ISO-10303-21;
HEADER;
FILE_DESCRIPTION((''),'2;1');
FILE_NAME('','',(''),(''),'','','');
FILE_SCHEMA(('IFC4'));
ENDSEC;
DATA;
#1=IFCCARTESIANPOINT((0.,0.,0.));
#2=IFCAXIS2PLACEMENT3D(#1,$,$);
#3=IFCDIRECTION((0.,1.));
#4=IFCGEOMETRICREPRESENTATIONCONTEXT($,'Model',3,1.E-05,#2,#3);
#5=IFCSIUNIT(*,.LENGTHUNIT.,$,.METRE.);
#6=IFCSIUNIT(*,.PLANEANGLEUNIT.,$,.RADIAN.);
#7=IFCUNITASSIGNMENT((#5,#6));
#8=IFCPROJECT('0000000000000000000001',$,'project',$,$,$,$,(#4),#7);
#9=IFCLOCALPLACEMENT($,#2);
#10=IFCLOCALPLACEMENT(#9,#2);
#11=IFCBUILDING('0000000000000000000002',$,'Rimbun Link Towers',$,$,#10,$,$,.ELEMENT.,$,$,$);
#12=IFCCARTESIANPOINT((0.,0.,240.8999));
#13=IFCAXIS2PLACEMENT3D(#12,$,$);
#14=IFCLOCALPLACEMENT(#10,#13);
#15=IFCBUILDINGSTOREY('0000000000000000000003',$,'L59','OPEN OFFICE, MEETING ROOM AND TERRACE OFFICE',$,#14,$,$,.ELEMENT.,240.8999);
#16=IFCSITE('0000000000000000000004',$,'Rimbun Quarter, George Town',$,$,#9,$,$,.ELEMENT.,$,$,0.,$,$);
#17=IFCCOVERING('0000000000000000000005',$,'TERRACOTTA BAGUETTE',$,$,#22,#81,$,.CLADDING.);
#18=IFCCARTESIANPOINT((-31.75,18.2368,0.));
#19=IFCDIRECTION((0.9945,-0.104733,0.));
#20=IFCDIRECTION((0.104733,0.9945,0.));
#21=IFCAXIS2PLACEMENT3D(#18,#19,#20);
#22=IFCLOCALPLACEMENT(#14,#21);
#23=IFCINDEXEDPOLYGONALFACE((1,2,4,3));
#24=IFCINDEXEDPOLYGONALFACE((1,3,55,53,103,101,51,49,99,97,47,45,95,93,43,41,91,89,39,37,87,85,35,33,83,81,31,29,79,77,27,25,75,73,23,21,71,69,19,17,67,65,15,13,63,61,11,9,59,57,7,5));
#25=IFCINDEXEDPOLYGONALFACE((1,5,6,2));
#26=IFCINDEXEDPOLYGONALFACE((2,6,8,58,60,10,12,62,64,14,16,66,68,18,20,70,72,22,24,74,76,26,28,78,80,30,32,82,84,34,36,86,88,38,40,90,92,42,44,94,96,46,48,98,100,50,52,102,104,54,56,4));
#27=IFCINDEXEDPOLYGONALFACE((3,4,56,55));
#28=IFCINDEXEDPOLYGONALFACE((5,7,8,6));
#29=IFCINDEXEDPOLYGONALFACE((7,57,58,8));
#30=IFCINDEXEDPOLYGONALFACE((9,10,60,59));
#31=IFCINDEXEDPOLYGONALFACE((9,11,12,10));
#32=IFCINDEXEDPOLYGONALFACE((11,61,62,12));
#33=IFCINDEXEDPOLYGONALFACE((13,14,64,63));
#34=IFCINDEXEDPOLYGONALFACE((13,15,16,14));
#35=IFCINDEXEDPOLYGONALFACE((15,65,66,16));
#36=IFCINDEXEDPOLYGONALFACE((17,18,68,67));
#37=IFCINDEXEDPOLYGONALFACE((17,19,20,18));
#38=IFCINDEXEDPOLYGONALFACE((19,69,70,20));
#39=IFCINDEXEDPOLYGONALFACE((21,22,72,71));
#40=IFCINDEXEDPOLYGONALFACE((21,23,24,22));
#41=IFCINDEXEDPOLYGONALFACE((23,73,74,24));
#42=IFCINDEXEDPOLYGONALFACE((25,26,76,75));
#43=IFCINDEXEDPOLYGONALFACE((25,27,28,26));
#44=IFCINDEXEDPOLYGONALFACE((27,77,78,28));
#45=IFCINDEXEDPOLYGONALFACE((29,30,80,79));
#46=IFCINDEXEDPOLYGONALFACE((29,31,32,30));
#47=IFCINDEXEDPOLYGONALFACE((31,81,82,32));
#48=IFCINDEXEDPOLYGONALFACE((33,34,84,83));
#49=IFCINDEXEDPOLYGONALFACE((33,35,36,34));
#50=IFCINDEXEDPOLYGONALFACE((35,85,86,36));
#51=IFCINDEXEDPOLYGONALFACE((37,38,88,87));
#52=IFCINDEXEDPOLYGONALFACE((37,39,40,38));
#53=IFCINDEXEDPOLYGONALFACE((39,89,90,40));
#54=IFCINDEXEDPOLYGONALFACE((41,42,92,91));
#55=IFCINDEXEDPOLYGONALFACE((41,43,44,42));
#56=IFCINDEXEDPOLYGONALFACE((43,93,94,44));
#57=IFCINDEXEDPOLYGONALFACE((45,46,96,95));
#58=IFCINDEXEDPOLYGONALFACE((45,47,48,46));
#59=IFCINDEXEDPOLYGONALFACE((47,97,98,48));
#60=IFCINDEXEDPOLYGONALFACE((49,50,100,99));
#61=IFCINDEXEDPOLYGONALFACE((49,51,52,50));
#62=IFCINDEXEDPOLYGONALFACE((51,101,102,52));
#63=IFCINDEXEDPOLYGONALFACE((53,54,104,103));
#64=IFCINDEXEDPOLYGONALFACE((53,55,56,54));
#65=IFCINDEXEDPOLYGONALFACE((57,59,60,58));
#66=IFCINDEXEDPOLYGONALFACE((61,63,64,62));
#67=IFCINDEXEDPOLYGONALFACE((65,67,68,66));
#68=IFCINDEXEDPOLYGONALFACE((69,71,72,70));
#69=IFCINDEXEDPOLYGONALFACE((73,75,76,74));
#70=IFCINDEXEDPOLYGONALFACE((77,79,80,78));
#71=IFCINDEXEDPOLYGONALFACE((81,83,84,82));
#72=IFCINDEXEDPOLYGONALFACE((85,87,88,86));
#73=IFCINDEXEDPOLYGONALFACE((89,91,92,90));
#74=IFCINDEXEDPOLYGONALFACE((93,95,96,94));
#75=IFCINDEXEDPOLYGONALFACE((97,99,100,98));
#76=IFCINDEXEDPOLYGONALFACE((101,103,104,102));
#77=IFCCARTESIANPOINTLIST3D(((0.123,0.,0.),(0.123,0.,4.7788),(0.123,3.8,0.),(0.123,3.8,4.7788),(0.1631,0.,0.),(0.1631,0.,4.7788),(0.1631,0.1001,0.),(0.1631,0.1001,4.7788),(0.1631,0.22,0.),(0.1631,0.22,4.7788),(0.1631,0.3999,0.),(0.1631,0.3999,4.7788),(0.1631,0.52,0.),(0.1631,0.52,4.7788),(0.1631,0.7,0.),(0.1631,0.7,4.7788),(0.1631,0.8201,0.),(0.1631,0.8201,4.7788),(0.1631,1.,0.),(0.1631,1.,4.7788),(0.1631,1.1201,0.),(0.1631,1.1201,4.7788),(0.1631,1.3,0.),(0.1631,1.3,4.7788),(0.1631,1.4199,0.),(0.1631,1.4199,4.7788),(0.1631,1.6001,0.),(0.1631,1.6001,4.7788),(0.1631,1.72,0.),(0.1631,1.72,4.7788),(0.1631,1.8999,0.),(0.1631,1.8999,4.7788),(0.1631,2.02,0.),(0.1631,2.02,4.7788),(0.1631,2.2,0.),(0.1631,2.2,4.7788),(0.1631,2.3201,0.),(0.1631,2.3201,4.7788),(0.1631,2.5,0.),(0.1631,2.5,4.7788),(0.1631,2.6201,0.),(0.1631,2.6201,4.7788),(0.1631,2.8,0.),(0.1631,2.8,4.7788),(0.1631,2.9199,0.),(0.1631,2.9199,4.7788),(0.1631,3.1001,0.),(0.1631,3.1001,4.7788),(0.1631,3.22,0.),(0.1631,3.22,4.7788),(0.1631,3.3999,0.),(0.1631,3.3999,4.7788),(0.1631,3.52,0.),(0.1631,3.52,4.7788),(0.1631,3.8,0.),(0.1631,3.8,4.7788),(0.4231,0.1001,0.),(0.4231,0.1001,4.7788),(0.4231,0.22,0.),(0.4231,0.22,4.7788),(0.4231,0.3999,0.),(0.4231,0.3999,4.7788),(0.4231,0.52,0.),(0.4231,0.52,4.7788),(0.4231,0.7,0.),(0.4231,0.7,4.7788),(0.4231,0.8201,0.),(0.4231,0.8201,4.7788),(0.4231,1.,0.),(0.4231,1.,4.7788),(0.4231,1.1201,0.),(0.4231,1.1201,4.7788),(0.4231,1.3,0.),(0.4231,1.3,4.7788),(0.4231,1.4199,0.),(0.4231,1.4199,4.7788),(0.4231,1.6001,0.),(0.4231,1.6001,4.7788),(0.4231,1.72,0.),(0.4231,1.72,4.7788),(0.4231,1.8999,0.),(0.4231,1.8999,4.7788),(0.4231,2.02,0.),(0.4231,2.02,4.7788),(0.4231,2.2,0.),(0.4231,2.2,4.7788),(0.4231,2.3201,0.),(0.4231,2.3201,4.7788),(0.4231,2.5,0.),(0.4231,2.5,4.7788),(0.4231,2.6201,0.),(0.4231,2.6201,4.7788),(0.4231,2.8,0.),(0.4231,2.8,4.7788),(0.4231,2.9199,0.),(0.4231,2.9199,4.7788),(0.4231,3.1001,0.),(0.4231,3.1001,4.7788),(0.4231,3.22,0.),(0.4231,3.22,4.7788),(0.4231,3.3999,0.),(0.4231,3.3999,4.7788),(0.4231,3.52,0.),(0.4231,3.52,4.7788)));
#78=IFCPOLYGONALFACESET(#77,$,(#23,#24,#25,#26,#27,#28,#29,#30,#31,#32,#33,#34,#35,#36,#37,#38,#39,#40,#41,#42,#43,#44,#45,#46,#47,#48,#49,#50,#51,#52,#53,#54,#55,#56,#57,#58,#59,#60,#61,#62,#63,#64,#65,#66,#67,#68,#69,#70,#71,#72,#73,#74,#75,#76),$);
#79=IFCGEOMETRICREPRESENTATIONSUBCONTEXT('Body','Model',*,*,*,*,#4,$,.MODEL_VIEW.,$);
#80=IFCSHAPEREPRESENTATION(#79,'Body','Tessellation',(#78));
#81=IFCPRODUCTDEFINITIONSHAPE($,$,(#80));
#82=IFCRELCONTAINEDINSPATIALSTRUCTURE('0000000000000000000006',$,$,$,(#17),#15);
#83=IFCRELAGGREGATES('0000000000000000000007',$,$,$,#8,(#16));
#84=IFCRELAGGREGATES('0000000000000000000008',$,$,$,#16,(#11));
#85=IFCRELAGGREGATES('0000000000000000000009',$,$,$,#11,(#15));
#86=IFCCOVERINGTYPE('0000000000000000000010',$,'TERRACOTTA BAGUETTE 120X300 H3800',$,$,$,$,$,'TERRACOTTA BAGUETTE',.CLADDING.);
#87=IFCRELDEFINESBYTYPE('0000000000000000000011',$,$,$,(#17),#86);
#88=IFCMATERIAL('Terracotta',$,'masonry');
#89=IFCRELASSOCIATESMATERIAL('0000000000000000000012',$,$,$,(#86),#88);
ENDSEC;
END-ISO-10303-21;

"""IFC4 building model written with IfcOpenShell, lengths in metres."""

from ifc_helpers import new_model, si_unit, direction, frame, origin, place, context, subcontext, project, spatial, polyline, outline, extrude, material, material_profile, profile_set, type_object, element, save


model = new_model("IFC4")

# Units and contexts
model_context = context("Model", 3, precision=1e-05, world=origin(), true_north=direction((0.0, 1.0)))
body_context = subcontext(model_context, "Body", "Model", "MODEL_VIEW")
ifc_project = project(units=[si_unit("LENGTHUNIT", "METRE"), si_unit("PLANEANGLEUNIT", "RADIAN")], contexts=[model_context])

# Site, building, storey
site_placement = place(None, origin())
site = spatial("IfcSite", under=ifc_project, at=site_placement, Name="Rimbun Quarter, George Town", CompositionType="ELEMENT", RefElevation=0.0)
building_placement = place(site_placement, origin())
building = spatial("IfcBuilding", under=site, at=building_placement, Name="Rimbun Link Towers", CompositionType="ELEMENT")
storey_placement = place(building_placement, frame((0.0, 0.0, 240.8999)))
storey = spatial("IfcBuildingStorey", under=building, at=storey_placement, Name="L59", Description="OPEN OFFICE, MEETING ROOM AND TERRACE OFFICE", CompositionType="ELEMENT", Elevation=240.8999)

# Covering
ifc_material_1 = material(Name="Terracotta", Category="masonry")
ifc_material_profile_1 = material_profile(ifc_material_1, outline(polyline([(0.123, 0.0), (0.1631, 0.0), (0.1631, 0.1001), (0.4231, 0.1001), (0.4231, 0.22), (0.1631, 0.22), (0.1631, 0.3999), (0.4231, 0.3999), (0.4231, 0.52), (0.1631, 0.52), (0.1631, 0.7), (0.4231, 0.7), (0.4231, 0.8201), (0.1631, 0.8201), (0.1631, 1.0), (0.4231, 1.0), (0.4231, 1.1201), (0.1631, 1.1201), (0.1631, 1.3), (0.4231, 1.3), (0.4231, 1.4199), (0.1631, 1.4199), (0.1631, 1.6001), (0.4231, 1.6001), (0.4231, 1.72), (0.1631, 1.72), (0.1631, 1.8999), (0.4231, 1.8999), (0.4231, 2.02), (0.1631, 2.02), (0.1631, 2.2), (0.4231, 2.2), (0.4231, 2.3201), (0.1631, 2.3201), (0.1631, 2.5), (0.4231, 2.5), (0.4231, 2.6201), (0.1631, 2.6201), (0.1631, 2.8), (0.4231, 2.8), (0.4231, 2.9199), (0.1631, 2.9199), (0.1631, 3.1001), (0.4231, 3.1001), (0.4231, 3.22), (0.1631, 3.22), (0.1631, 3.3999), (0.4231, 3.3999), (0.4231, 3.52), (0.1631, 3.52), (0.1631, 3.8), (0.123, 3.8), (0.123, 0.0)])), Name="BAGUETTE 120X300")
ifc_profile_set_1 = profile_set([ifc_material_profile_1], Name="Terracotta")
covering_type = type_object("IfcCoveringType", Name="TERRACOTTA BAGUETTE 120X300 H3800", ElementType="TERRACOTTA BAGUETTE", PredefinedType="CLADDING", material=ifc_profile_set_1)
covering_1_placement = place(storey_placement, frame((-31.75, 18.2368, 0.0), z_axis=(0.9945, -0.104733, 0.0), x_axis=(0.104733, 0.9945, 0.0)))
element("IfcCovering", 1, at=covering_1_placement, inside=storey, type_object=covering_type, Name="TERRACOTTA BAGUETTE", PredefinedType="CLADDING", context=body_context, shape_type="SweptSolid", body=[
    extrude(outline(polyline([(0.123, 0.0), (0.1631, 0.0), (0.1631, 0.1001), (0.4231, 0.1001), (0.4231, 0.22), (0.1631, 0.22), (0.1631, 0.3999), (0.4231, 0.3999), (0.4231, 0.52), (0.1631, 0.52), (0.1631, 0.7), (0.4231, 0.7), (0.4231, 0.8201), (0.1631, 0.8201), (0.1631, 1.0), (0.4231, 1.0), (0.4231, 1.1201), (0.1631, 1.1201), (0.1631, 1.3), (0.4231, 1.3), (0.4231, 1.4199), (0.1631, 1.4199), (0.1631, 1.6001), (0.4231, 1.6001), (0.4231, 1.72), (0.1631, 1.72), (0.1631, 1.8999), (0.4231, 1.8999), (0.4231, 2.02), (0.1631, 2.02), (0.1631, 2.2), (0.4231, 2.2), (0.4231, 2.3201), (0.1631, 2.3201), (0.1631, 2.5), (0.4231, 2.5), (0.4231, 2.6201), (0.1631, 2.6201), (0.1631, 2.8), (0.4231, 2.8), (0.4231, 2.9199), (0.1631, 2.9199), (0.1631, 3.1001), (0.4231, 3.1001), (0.4231, 3.22), (0.1631, 3.22), (0.1631, 3.3999), (0.4231, 3.3999), (0.4231, 3.52), (0.1631, 3.52), (0.1631, 3.8), (0.123, 3.8), (0.123, 0.0)])), origin(), (0.0, 0.0, 1.0), 4.7788),
])

save(model, "model.ifc")
